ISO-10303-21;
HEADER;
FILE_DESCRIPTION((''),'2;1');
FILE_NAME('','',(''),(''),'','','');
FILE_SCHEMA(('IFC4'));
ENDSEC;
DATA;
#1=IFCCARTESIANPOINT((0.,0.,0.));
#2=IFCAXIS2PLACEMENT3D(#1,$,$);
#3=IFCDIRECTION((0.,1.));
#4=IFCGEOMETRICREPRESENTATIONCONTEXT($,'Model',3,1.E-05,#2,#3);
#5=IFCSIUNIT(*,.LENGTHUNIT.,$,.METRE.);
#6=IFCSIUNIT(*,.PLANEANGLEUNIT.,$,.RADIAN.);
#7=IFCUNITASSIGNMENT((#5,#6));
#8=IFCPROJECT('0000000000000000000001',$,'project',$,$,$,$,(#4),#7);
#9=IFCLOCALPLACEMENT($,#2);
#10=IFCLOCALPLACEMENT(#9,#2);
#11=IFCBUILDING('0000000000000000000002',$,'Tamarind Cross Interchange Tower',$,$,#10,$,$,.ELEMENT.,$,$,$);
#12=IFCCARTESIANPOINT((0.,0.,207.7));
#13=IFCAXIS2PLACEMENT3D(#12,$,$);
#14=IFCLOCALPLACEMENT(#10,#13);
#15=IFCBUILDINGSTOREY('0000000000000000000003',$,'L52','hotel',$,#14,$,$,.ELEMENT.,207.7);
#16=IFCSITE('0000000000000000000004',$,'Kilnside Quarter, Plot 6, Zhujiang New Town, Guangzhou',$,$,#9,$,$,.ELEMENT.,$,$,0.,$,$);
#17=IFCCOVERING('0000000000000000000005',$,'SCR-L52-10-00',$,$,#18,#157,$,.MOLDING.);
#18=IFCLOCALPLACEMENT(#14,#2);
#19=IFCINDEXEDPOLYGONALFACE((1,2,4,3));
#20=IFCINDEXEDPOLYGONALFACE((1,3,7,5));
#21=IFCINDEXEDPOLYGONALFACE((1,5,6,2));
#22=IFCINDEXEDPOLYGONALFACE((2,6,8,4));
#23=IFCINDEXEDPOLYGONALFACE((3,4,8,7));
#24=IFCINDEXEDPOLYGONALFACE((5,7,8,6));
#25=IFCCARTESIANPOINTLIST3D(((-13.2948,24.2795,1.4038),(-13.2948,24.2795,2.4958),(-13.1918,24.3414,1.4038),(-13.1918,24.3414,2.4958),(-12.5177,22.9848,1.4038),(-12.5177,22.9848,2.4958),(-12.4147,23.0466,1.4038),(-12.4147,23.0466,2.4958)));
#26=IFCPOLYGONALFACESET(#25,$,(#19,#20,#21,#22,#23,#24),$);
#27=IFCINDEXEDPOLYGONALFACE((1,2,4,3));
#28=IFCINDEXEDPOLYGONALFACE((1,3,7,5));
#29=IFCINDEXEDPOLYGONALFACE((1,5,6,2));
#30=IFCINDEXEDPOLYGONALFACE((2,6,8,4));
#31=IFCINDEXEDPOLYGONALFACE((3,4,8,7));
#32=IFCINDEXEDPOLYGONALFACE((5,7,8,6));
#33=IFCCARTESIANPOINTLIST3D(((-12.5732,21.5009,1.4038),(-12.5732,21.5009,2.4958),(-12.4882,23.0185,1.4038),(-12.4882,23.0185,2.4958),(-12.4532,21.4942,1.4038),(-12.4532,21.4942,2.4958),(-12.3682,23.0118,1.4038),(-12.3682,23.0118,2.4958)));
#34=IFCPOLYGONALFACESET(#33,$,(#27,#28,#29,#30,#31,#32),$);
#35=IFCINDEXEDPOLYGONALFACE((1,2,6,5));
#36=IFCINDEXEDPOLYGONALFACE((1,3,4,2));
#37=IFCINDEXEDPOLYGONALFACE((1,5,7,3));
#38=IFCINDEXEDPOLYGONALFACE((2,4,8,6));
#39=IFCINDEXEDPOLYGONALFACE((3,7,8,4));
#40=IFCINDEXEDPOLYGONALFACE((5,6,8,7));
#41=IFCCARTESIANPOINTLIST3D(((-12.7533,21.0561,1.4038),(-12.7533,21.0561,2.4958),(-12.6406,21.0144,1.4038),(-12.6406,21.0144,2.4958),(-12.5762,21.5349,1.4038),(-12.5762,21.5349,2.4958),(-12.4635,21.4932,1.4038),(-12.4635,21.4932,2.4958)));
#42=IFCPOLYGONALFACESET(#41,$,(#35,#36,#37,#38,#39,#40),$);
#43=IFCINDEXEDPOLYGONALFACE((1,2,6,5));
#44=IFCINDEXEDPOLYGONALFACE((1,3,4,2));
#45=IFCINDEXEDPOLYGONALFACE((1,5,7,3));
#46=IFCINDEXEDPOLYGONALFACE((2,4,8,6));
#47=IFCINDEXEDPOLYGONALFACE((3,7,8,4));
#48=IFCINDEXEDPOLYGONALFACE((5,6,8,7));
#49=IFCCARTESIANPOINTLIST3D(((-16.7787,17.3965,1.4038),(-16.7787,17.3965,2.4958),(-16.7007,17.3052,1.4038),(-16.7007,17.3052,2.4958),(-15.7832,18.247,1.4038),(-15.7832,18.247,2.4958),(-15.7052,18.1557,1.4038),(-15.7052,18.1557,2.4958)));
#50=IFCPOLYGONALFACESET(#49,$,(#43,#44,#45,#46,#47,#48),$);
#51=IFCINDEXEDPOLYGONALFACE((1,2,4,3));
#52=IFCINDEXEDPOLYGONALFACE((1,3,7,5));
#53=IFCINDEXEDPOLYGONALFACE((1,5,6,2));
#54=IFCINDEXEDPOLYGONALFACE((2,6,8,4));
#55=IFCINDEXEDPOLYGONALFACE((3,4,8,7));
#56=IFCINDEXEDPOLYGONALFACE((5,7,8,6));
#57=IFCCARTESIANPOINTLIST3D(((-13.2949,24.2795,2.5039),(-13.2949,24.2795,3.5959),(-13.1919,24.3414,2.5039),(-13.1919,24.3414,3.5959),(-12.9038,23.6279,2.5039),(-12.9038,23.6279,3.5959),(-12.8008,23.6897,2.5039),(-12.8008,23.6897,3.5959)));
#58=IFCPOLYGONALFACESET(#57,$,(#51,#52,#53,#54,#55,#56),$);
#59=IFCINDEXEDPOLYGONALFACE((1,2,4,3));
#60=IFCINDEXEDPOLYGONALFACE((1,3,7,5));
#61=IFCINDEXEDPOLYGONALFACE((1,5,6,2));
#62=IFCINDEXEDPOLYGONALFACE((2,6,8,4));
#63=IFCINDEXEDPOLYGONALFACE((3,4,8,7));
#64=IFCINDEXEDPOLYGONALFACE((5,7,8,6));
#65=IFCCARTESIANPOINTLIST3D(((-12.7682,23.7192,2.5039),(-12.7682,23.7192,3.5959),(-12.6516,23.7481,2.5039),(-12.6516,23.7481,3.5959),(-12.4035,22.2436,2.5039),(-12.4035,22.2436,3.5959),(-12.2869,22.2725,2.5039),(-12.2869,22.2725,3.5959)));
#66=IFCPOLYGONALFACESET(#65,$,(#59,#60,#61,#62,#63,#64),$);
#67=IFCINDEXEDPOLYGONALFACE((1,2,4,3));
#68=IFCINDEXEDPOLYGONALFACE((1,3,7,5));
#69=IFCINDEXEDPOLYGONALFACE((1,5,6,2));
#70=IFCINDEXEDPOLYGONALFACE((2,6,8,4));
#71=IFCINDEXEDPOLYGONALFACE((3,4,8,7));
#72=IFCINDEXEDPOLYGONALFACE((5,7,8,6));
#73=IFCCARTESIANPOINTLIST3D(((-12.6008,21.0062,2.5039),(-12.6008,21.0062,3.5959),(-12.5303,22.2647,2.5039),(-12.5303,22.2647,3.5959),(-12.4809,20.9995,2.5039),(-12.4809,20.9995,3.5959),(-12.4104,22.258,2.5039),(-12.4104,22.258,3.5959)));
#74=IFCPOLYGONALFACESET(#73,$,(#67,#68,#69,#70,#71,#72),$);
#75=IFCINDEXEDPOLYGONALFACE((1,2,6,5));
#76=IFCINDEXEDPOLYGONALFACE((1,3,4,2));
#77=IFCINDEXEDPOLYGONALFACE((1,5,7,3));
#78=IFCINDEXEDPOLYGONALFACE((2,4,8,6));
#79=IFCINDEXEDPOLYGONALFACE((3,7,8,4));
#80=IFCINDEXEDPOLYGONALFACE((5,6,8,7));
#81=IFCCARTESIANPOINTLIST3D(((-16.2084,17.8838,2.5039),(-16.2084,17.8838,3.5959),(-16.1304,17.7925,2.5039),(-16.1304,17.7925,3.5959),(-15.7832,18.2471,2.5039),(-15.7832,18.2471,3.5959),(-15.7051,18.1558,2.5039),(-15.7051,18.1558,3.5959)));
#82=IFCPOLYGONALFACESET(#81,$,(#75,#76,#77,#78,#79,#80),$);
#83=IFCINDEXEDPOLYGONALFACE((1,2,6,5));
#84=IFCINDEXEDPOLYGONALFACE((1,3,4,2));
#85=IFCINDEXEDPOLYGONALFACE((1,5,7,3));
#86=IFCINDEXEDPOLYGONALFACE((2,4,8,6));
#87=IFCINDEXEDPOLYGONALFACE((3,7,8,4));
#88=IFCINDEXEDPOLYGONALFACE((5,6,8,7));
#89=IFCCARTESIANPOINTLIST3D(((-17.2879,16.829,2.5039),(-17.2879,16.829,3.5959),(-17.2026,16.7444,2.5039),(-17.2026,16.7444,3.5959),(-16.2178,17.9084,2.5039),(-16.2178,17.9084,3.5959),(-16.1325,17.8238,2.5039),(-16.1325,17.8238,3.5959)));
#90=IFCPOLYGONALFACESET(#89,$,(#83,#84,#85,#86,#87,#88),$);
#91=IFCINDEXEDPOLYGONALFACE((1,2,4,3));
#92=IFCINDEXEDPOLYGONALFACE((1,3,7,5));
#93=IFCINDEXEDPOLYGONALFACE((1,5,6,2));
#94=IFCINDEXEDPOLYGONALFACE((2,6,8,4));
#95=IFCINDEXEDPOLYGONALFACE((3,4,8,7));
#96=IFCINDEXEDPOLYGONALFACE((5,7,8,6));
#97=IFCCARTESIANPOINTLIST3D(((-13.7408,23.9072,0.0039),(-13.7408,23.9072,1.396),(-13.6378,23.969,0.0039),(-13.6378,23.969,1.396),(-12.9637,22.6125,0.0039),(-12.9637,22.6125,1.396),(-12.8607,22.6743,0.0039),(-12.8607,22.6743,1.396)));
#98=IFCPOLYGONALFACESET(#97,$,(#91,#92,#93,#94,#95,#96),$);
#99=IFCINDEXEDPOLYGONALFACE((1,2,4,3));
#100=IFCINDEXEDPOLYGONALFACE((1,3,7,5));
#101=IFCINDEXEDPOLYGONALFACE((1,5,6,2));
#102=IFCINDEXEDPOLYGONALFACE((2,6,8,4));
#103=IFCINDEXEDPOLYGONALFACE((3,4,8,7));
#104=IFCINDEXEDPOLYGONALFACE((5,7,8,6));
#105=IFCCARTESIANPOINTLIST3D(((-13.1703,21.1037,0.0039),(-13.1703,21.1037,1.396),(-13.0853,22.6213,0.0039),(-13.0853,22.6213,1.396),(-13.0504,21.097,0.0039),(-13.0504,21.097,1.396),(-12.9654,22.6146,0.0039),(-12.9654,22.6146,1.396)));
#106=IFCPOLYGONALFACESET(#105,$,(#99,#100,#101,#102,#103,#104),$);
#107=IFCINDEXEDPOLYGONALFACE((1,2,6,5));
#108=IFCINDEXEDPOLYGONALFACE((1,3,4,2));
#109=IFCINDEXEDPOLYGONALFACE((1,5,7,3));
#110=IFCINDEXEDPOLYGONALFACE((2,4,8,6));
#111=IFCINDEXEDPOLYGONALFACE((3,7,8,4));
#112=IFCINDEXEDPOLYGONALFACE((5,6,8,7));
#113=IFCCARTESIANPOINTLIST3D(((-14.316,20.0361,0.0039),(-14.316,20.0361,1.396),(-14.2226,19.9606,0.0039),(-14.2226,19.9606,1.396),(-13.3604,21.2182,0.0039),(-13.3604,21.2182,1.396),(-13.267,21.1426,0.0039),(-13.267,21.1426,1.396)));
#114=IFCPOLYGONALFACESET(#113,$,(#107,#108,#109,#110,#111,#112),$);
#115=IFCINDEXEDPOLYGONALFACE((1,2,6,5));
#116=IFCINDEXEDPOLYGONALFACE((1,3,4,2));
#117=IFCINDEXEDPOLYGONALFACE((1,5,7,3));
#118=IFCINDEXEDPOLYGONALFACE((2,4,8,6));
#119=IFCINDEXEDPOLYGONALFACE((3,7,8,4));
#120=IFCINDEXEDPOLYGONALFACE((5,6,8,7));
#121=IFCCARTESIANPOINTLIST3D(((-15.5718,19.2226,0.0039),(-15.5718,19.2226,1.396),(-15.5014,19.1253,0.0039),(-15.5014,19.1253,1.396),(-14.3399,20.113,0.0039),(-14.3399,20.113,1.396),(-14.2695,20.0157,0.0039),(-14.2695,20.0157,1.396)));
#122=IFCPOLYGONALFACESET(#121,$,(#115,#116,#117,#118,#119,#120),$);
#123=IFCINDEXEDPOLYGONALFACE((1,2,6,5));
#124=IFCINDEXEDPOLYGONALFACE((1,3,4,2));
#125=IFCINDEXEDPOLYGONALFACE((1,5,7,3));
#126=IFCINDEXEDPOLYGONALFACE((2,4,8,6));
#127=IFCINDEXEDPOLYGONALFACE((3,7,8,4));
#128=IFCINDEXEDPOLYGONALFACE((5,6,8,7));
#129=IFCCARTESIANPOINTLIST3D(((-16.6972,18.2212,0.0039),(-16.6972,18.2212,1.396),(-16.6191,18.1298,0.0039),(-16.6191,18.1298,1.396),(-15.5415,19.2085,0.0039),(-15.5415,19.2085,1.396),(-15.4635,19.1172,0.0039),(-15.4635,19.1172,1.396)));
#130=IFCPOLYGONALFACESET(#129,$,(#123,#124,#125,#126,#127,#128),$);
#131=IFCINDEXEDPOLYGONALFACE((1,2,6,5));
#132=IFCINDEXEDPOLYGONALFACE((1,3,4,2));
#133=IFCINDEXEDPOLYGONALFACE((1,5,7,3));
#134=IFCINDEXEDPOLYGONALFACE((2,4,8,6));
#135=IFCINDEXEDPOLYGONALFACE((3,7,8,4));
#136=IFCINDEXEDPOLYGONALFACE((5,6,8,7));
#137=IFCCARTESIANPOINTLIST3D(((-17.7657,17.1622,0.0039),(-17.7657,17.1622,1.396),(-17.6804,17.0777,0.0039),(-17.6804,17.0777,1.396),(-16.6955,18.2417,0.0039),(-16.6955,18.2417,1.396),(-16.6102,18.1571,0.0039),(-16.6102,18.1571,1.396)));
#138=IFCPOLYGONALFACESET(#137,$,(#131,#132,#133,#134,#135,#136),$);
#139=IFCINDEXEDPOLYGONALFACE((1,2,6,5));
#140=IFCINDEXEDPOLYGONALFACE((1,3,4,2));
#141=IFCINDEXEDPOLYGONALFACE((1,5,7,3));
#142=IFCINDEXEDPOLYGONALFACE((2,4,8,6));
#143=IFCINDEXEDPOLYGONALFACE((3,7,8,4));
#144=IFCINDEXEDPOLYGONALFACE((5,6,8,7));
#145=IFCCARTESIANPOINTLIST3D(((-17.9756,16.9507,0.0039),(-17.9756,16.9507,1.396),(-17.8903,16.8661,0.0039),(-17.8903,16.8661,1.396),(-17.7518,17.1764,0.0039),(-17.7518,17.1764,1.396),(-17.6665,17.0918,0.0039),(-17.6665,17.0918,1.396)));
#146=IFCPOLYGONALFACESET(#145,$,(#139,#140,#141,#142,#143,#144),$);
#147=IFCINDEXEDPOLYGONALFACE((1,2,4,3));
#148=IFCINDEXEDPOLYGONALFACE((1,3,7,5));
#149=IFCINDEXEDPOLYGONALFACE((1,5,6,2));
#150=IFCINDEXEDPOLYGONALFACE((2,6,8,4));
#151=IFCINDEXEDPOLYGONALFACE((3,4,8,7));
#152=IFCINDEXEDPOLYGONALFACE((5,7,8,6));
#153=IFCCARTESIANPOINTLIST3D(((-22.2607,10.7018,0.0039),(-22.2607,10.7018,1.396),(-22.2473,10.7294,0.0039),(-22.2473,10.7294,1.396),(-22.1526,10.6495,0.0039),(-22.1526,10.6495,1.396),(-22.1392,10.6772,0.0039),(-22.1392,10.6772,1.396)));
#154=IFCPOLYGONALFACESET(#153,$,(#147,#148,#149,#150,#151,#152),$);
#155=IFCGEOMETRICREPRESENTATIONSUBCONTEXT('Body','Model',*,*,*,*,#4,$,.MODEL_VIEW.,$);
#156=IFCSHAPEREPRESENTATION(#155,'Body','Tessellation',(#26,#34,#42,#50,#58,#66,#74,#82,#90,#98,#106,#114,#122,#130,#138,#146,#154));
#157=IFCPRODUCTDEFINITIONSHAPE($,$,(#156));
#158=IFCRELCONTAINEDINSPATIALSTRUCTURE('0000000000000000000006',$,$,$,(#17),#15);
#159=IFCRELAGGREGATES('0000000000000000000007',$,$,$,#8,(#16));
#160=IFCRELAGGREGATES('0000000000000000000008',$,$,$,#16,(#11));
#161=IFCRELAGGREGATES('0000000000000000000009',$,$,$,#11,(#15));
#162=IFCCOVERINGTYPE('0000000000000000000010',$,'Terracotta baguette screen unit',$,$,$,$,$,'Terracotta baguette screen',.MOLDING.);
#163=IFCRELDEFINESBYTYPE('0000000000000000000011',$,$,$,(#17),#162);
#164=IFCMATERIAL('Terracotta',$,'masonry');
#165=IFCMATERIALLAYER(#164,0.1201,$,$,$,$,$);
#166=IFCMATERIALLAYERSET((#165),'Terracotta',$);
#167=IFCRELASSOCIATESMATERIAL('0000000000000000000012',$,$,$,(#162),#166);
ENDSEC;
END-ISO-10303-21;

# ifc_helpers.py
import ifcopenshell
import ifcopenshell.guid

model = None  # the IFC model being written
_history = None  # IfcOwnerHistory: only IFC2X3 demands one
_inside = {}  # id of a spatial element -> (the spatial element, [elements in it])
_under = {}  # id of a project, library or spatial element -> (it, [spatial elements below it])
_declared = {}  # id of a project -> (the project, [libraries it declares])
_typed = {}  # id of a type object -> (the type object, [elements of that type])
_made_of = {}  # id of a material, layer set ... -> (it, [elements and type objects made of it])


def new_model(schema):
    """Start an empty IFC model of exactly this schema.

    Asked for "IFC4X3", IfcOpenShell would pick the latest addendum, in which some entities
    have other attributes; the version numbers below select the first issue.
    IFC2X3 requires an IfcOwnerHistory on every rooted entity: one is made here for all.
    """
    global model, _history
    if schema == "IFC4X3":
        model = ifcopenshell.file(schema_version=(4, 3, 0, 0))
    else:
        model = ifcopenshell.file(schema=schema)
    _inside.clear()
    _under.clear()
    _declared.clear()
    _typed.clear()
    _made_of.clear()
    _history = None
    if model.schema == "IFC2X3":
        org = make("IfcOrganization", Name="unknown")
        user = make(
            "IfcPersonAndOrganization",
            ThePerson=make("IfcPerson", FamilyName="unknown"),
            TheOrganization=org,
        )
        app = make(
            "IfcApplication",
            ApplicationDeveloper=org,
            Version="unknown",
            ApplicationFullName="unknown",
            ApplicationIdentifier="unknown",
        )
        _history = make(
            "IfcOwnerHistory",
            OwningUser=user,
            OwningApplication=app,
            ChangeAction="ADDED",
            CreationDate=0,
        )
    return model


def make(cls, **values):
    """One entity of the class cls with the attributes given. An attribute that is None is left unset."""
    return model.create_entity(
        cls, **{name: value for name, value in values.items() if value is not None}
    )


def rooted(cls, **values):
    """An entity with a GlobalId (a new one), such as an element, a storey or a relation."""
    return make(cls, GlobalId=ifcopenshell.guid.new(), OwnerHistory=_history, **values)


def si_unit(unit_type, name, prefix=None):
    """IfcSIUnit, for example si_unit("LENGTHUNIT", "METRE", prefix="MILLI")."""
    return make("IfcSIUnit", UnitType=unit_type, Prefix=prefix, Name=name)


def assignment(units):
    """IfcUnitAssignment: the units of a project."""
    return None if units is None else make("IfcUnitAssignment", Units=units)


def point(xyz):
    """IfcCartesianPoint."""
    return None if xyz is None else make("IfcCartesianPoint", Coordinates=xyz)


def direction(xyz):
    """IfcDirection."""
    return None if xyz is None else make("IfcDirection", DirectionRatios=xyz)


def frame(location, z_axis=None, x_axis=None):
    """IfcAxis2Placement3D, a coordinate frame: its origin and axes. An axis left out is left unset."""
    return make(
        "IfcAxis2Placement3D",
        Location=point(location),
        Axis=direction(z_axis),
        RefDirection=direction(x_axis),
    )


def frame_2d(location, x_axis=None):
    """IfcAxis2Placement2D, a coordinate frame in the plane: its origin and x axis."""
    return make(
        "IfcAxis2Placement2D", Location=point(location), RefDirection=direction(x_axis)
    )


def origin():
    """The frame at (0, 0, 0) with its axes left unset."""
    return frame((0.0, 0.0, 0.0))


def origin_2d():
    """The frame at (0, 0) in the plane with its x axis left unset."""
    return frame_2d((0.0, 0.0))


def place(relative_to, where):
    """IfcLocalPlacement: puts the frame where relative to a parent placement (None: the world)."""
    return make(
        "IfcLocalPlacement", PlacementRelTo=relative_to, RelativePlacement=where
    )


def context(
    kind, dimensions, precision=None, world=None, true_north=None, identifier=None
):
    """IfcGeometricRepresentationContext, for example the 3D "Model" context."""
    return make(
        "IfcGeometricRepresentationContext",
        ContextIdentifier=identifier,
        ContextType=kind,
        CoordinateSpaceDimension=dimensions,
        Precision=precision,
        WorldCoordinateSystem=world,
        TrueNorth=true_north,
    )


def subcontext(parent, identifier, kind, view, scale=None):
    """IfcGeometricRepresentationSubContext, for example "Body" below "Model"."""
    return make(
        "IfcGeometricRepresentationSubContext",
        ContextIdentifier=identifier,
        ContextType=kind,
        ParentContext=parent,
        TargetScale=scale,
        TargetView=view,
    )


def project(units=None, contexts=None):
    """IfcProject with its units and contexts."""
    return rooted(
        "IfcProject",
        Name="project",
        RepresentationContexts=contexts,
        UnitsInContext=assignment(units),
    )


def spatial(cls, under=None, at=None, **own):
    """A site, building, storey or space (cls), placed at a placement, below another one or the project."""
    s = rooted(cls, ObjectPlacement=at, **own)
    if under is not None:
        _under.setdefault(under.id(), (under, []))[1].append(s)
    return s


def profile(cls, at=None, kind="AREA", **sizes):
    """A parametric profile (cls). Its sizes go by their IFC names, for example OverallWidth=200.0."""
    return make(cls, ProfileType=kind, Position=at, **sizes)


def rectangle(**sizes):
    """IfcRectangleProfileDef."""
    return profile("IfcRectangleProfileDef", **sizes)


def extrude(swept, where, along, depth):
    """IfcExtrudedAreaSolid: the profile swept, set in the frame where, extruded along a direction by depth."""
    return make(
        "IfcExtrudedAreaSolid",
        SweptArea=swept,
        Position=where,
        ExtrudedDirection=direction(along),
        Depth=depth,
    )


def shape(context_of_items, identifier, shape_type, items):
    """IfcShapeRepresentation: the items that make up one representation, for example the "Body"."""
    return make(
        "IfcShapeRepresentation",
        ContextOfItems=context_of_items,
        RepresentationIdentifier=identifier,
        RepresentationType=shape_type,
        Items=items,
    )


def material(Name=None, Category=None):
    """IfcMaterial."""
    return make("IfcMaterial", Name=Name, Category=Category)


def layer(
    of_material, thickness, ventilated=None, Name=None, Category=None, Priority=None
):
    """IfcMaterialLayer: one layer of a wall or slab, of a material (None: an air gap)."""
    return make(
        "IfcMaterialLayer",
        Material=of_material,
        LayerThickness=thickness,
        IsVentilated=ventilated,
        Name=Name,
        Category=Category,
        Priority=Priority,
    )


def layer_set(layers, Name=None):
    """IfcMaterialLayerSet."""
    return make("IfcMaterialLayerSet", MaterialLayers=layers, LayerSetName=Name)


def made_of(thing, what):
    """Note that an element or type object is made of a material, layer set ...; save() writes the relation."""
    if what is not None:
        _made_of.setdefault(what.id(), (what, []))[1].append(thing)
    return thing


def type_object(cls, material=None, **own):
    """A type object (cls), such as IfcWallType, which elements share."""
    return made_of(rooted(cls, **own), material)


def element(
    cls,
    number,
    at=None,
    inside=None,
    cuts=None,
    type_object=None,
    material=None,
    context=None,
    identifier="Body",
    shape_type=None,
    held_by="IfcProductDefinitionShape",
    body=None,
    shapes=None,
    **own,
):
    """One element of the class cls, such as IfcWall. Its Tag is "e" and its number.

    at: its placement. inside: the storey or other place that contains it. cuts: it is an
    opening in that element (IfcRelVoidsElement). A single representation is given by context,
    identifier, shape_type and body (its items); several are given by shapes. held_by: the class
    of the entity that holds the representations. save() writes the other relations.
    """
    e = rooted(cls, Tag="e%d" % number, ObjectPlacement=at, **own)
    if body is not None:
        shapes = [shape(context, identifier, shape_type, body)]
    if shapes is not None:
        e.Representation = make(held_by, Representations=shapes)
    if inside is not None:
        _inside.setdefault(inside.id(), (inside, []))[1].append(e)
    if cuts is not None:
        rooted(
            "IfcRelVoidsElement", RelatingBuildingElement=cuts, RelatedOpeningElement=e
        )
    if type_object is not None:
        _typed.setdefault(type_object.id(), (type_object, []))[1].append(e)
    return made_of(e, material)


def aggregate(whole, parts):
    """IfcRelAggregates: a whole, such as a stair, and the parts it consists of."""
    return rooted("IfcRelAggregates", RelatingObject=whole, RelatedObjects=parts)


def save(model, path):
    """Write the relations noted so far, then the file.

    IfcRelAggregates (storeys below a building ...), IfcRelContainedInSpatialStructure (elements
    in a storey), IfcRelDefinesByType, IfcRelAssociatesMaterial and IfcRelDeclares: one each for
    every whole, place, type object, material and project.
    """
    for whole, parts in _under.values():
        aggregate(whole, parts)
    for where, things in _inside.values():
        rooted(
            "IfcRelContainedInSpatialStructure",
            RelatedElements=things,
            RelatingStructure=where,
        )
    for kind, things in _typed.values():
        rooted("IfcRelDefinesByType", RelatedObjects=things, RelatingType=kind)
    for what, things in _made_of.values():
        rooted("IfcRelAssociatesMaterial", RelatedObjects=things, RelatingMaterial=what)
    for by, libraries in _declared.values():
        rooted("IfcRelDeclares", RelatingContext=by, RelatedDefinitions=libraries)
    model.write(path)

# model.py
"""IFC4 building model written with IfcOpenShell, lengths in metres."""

from ifc_helpers import new_model, si_unit, direction, frame, origin, origin_2d, place, context, subcontext, project, spatial, rectangle, extrude, material, layer, layer_set, type_object, element, save


model = new_model("IFC4")

# Units and contexts
model_context = context("Model", 3, precision=1e-05, world=origin(), true_north=direction((0.0, 1.0)))
body_context = subcontext(model_context, "Body", "Model", "MODEL_VIEW")
ifc_project = project(units=[si_unit("LENGTHUNIT", "METRE"), si_unit("PLANEANGLEUNIT", "RADIAN")], contexts=[model_context])

# Site, building, storey
site_placement = place(None, origin())
site = spatial("IfcSite", under=ifc_project, at=site_placement, Name="Kilnside Quarter, Plot 6, Zhujiang New Town, Guangzhou", CompositionType="ELEMENT", RefElevation=0.0)
building_placement = place(site_placement, origin())
building = spatial("IfcBuilding", under=site, at=building_placement, Name="Tamarind Cross Interchange Tower", CompositionType="ELEMENT")
storey_placement = place(building_placement, frame((0.0, 0.0, 207.7)))
storey = spatial("IfcBuildingStorey", under=building, at=storey_placement, Name="L52", Description="hotel", CompositionType="ELEMENT", Elevation=207.7)

# Covering
ifc_material_1 = material(Name="Terracotta", Category="masonry")
ifc_layer_1 = layer(ifc_material_1, 0.1201)
ifc_layer_set_1 = layer_set([ifc_layer_1], Name="Terracotta")
covering_type = type_object("IfcCoveringType", Name="Terracotta baguette screen unit", ElementType="Terracotta baguette screen", PredefinedType="MOLDING", material=ifc_layer_set_1)
covering_1_placement = place(storey_placement, origin())
element("IfcCovering", 1, at=covering_1_placement, inside=storey, type_object=covering_type, Name="SCR-L52-10-00", PredefinedType="MOLDING", context=body_context, shape_type="SweptSolid", body=[
    extrude(rectangle(XDim=1.51, YDim=0.1201, at=origin_2d()), frame((-12.8547, 23.6631, 1.4038), z_axis=(0.0, 0.0, 1.0), x_axis=(0.514615, -0.857421, 0.0)), (0.0, 0.0, 1.0), 1.092),
    extrude(rectangle(XDim=1.52, YDim=0.1201, at=origin_2d()), frame((-12.4707, 22.2563, 1.4038), z_axis=(0.0, 0.0, 1.0), x_axis=(-0.055934, -0.998434, 0.0)), (0.0, 0.0, 1.0), 1.092),
    extrude(rectangle(XDim=0.5105, YDim=0.1201, at=origin_2d()), frame((-12.6084, 21.2747, 1.4038), z_axis=(0.0, 0.0, 1.0), x_axis=(-0.346862, -0.937916, 0.0)), (0.0, 0.0, 1.0), 1.092),
    extrude(rectangle(XDim=1.3093, YDim=0.1201, at=origin_2d()), frame((-16.2419, 17.7761, 1.4038), z_axis=(0.0, 0.0, 1.0), x_axis=(-0.760296, -0.649577, 0.0)), (0.0, 0.0, 1.0), 1.092),
    extrude(rectangle(XDim=0.76, YDim=0.1201, at=origin_2d()), frame((-13.0479, 23.9846, 2.5039), z_axis=(0.0, 0.0, 1.0), x_axis=(0.514615, -0.857421, 0.0)), (0.0, 0.0, 1.0), 1.092),
    extrude(rectangle(XDim=1.52, YDim=0.1201, at=origin_2d()), frame((-12.5276, 22.9958, 2.5039), z_axis=(0.0, 0.0, 1.0), x_axis=(0.239934, -0.970789, 0.0)), (0.0, 0.0, 1.0), 1.092),
    extrude(rectangle(XDim=1.2605, YDim=0.1201, at=origin_2d()), frame((-12.5056, 21.6321, 2.5039), z_axis=(0.0, 0.0, 1.0), x_axis=(-0.055934, -0.998434, 0.0)), (0.0, 0.0, 1.0), 1.092),
    extrude(rectangle(XDim=0.5593, YDim=0.1201, at=origin_2d()), frame((-15.9568, 18.0198, 2.5039), z_axis=(0.0, 0.0, 1.0), x_axis=(-0.760296, -0.649577, 0.0)), (0.0, 0.0, 1.0), 1.092),
    extrude(rectangle(XDim=1.52, YDim=0.1201, at=origin_2d()), frame((-16.7102, 17.3264, 2.5039), z_axis=(0.0, 0.0, 1.0), x_axis=(-0.704057, -0.710143, 0.0)), (0.0, 0.0, 1.0), 1.092),
    extrude(rectangle(XDim=1.51, YDim=0.1201, at=origin_2d()), frame((-13.3008, 23.2908, 0.0039), z_axis=(0.0, 0.0, 1.0), x_axis=(0.514615, -0.857421, 0.0)), (0.0, 0.0, 1.0), 1.3921),
    extrude(rectangle(XDim=1.52, YDim=0.1201, at=origin_2d()), frame((-13.0679, 21.8591, 0.0039), z_axis=(0.0, 0.0, 1.0), x_axis=(-0.055934, -0.998434, 0.0)), (0.0, 0.0, 1.0), 1.3921),
    extrude(rectangle(XDim=1.52, YDim=0.1201, at=origin_2d()), frame((-13.7915, 20.5894, 0.0039), z_axis=(0.0, 0.0, 1.0), x_axis=(-0.628657, -0.777683, 0.0)), (0.0, 0.0, 1.0), 1.3921),
    extrude(rectangle(XDim=1.52, YDim=0.1201, at=origin_2d()), frame((-14.9207, 19.6191, 0.0039), z_axis=(0.0, 0.0, 1.0), x_axis=(-0.810455, -0.585801, 0.0)), (0.0, 0.0, 1.0), 1.3921),
    extrude(rectangle(XDim=1.52, YDim=0.1201, at=origin_2d()), frame((-16.0803, 18.6692, 0.0039), z_axis=(0.0, 0.0, 1.0), x_axis=(-0.760296, -0.649577, 0.0)), (0.0, 0.0, 1.0), 1.3921),
    extrude(rectangle(XDim=1.52, YDim=0.1201, at=origin_2d()), frame((-17.188, 17.6597, 0.0039), z_axis=(0.0, 0.0, 1.0), x_axis=(-0.704057, -0.710143, 0.0)), (0.0, 0.0, 1.0), 1.3921),
    extrude(rectangle(XDim=0.3179, YDim=0.1201, at=origin_2d()), frame((-17.821, 17.0212, 0.0039), z_axis=(0.0, 0.0, 1.0), x_axis=(-0.704057, -0.710143, 0.0)), (0.0, 0.0, 1.0), 1.3921),
    extrude(rectangle(XDim=0.0308, YDim=0.1201, at=origin_2d()), frame((-22.2, 10.6895, 0.0039), z_axis=(0.0, 0.0, 1.0), x_axis=(-0.435326, -0.900273, 0.0)), (0.0, 0.0, 1.0), 1.3921),
])

save(model, "model.ifc")
